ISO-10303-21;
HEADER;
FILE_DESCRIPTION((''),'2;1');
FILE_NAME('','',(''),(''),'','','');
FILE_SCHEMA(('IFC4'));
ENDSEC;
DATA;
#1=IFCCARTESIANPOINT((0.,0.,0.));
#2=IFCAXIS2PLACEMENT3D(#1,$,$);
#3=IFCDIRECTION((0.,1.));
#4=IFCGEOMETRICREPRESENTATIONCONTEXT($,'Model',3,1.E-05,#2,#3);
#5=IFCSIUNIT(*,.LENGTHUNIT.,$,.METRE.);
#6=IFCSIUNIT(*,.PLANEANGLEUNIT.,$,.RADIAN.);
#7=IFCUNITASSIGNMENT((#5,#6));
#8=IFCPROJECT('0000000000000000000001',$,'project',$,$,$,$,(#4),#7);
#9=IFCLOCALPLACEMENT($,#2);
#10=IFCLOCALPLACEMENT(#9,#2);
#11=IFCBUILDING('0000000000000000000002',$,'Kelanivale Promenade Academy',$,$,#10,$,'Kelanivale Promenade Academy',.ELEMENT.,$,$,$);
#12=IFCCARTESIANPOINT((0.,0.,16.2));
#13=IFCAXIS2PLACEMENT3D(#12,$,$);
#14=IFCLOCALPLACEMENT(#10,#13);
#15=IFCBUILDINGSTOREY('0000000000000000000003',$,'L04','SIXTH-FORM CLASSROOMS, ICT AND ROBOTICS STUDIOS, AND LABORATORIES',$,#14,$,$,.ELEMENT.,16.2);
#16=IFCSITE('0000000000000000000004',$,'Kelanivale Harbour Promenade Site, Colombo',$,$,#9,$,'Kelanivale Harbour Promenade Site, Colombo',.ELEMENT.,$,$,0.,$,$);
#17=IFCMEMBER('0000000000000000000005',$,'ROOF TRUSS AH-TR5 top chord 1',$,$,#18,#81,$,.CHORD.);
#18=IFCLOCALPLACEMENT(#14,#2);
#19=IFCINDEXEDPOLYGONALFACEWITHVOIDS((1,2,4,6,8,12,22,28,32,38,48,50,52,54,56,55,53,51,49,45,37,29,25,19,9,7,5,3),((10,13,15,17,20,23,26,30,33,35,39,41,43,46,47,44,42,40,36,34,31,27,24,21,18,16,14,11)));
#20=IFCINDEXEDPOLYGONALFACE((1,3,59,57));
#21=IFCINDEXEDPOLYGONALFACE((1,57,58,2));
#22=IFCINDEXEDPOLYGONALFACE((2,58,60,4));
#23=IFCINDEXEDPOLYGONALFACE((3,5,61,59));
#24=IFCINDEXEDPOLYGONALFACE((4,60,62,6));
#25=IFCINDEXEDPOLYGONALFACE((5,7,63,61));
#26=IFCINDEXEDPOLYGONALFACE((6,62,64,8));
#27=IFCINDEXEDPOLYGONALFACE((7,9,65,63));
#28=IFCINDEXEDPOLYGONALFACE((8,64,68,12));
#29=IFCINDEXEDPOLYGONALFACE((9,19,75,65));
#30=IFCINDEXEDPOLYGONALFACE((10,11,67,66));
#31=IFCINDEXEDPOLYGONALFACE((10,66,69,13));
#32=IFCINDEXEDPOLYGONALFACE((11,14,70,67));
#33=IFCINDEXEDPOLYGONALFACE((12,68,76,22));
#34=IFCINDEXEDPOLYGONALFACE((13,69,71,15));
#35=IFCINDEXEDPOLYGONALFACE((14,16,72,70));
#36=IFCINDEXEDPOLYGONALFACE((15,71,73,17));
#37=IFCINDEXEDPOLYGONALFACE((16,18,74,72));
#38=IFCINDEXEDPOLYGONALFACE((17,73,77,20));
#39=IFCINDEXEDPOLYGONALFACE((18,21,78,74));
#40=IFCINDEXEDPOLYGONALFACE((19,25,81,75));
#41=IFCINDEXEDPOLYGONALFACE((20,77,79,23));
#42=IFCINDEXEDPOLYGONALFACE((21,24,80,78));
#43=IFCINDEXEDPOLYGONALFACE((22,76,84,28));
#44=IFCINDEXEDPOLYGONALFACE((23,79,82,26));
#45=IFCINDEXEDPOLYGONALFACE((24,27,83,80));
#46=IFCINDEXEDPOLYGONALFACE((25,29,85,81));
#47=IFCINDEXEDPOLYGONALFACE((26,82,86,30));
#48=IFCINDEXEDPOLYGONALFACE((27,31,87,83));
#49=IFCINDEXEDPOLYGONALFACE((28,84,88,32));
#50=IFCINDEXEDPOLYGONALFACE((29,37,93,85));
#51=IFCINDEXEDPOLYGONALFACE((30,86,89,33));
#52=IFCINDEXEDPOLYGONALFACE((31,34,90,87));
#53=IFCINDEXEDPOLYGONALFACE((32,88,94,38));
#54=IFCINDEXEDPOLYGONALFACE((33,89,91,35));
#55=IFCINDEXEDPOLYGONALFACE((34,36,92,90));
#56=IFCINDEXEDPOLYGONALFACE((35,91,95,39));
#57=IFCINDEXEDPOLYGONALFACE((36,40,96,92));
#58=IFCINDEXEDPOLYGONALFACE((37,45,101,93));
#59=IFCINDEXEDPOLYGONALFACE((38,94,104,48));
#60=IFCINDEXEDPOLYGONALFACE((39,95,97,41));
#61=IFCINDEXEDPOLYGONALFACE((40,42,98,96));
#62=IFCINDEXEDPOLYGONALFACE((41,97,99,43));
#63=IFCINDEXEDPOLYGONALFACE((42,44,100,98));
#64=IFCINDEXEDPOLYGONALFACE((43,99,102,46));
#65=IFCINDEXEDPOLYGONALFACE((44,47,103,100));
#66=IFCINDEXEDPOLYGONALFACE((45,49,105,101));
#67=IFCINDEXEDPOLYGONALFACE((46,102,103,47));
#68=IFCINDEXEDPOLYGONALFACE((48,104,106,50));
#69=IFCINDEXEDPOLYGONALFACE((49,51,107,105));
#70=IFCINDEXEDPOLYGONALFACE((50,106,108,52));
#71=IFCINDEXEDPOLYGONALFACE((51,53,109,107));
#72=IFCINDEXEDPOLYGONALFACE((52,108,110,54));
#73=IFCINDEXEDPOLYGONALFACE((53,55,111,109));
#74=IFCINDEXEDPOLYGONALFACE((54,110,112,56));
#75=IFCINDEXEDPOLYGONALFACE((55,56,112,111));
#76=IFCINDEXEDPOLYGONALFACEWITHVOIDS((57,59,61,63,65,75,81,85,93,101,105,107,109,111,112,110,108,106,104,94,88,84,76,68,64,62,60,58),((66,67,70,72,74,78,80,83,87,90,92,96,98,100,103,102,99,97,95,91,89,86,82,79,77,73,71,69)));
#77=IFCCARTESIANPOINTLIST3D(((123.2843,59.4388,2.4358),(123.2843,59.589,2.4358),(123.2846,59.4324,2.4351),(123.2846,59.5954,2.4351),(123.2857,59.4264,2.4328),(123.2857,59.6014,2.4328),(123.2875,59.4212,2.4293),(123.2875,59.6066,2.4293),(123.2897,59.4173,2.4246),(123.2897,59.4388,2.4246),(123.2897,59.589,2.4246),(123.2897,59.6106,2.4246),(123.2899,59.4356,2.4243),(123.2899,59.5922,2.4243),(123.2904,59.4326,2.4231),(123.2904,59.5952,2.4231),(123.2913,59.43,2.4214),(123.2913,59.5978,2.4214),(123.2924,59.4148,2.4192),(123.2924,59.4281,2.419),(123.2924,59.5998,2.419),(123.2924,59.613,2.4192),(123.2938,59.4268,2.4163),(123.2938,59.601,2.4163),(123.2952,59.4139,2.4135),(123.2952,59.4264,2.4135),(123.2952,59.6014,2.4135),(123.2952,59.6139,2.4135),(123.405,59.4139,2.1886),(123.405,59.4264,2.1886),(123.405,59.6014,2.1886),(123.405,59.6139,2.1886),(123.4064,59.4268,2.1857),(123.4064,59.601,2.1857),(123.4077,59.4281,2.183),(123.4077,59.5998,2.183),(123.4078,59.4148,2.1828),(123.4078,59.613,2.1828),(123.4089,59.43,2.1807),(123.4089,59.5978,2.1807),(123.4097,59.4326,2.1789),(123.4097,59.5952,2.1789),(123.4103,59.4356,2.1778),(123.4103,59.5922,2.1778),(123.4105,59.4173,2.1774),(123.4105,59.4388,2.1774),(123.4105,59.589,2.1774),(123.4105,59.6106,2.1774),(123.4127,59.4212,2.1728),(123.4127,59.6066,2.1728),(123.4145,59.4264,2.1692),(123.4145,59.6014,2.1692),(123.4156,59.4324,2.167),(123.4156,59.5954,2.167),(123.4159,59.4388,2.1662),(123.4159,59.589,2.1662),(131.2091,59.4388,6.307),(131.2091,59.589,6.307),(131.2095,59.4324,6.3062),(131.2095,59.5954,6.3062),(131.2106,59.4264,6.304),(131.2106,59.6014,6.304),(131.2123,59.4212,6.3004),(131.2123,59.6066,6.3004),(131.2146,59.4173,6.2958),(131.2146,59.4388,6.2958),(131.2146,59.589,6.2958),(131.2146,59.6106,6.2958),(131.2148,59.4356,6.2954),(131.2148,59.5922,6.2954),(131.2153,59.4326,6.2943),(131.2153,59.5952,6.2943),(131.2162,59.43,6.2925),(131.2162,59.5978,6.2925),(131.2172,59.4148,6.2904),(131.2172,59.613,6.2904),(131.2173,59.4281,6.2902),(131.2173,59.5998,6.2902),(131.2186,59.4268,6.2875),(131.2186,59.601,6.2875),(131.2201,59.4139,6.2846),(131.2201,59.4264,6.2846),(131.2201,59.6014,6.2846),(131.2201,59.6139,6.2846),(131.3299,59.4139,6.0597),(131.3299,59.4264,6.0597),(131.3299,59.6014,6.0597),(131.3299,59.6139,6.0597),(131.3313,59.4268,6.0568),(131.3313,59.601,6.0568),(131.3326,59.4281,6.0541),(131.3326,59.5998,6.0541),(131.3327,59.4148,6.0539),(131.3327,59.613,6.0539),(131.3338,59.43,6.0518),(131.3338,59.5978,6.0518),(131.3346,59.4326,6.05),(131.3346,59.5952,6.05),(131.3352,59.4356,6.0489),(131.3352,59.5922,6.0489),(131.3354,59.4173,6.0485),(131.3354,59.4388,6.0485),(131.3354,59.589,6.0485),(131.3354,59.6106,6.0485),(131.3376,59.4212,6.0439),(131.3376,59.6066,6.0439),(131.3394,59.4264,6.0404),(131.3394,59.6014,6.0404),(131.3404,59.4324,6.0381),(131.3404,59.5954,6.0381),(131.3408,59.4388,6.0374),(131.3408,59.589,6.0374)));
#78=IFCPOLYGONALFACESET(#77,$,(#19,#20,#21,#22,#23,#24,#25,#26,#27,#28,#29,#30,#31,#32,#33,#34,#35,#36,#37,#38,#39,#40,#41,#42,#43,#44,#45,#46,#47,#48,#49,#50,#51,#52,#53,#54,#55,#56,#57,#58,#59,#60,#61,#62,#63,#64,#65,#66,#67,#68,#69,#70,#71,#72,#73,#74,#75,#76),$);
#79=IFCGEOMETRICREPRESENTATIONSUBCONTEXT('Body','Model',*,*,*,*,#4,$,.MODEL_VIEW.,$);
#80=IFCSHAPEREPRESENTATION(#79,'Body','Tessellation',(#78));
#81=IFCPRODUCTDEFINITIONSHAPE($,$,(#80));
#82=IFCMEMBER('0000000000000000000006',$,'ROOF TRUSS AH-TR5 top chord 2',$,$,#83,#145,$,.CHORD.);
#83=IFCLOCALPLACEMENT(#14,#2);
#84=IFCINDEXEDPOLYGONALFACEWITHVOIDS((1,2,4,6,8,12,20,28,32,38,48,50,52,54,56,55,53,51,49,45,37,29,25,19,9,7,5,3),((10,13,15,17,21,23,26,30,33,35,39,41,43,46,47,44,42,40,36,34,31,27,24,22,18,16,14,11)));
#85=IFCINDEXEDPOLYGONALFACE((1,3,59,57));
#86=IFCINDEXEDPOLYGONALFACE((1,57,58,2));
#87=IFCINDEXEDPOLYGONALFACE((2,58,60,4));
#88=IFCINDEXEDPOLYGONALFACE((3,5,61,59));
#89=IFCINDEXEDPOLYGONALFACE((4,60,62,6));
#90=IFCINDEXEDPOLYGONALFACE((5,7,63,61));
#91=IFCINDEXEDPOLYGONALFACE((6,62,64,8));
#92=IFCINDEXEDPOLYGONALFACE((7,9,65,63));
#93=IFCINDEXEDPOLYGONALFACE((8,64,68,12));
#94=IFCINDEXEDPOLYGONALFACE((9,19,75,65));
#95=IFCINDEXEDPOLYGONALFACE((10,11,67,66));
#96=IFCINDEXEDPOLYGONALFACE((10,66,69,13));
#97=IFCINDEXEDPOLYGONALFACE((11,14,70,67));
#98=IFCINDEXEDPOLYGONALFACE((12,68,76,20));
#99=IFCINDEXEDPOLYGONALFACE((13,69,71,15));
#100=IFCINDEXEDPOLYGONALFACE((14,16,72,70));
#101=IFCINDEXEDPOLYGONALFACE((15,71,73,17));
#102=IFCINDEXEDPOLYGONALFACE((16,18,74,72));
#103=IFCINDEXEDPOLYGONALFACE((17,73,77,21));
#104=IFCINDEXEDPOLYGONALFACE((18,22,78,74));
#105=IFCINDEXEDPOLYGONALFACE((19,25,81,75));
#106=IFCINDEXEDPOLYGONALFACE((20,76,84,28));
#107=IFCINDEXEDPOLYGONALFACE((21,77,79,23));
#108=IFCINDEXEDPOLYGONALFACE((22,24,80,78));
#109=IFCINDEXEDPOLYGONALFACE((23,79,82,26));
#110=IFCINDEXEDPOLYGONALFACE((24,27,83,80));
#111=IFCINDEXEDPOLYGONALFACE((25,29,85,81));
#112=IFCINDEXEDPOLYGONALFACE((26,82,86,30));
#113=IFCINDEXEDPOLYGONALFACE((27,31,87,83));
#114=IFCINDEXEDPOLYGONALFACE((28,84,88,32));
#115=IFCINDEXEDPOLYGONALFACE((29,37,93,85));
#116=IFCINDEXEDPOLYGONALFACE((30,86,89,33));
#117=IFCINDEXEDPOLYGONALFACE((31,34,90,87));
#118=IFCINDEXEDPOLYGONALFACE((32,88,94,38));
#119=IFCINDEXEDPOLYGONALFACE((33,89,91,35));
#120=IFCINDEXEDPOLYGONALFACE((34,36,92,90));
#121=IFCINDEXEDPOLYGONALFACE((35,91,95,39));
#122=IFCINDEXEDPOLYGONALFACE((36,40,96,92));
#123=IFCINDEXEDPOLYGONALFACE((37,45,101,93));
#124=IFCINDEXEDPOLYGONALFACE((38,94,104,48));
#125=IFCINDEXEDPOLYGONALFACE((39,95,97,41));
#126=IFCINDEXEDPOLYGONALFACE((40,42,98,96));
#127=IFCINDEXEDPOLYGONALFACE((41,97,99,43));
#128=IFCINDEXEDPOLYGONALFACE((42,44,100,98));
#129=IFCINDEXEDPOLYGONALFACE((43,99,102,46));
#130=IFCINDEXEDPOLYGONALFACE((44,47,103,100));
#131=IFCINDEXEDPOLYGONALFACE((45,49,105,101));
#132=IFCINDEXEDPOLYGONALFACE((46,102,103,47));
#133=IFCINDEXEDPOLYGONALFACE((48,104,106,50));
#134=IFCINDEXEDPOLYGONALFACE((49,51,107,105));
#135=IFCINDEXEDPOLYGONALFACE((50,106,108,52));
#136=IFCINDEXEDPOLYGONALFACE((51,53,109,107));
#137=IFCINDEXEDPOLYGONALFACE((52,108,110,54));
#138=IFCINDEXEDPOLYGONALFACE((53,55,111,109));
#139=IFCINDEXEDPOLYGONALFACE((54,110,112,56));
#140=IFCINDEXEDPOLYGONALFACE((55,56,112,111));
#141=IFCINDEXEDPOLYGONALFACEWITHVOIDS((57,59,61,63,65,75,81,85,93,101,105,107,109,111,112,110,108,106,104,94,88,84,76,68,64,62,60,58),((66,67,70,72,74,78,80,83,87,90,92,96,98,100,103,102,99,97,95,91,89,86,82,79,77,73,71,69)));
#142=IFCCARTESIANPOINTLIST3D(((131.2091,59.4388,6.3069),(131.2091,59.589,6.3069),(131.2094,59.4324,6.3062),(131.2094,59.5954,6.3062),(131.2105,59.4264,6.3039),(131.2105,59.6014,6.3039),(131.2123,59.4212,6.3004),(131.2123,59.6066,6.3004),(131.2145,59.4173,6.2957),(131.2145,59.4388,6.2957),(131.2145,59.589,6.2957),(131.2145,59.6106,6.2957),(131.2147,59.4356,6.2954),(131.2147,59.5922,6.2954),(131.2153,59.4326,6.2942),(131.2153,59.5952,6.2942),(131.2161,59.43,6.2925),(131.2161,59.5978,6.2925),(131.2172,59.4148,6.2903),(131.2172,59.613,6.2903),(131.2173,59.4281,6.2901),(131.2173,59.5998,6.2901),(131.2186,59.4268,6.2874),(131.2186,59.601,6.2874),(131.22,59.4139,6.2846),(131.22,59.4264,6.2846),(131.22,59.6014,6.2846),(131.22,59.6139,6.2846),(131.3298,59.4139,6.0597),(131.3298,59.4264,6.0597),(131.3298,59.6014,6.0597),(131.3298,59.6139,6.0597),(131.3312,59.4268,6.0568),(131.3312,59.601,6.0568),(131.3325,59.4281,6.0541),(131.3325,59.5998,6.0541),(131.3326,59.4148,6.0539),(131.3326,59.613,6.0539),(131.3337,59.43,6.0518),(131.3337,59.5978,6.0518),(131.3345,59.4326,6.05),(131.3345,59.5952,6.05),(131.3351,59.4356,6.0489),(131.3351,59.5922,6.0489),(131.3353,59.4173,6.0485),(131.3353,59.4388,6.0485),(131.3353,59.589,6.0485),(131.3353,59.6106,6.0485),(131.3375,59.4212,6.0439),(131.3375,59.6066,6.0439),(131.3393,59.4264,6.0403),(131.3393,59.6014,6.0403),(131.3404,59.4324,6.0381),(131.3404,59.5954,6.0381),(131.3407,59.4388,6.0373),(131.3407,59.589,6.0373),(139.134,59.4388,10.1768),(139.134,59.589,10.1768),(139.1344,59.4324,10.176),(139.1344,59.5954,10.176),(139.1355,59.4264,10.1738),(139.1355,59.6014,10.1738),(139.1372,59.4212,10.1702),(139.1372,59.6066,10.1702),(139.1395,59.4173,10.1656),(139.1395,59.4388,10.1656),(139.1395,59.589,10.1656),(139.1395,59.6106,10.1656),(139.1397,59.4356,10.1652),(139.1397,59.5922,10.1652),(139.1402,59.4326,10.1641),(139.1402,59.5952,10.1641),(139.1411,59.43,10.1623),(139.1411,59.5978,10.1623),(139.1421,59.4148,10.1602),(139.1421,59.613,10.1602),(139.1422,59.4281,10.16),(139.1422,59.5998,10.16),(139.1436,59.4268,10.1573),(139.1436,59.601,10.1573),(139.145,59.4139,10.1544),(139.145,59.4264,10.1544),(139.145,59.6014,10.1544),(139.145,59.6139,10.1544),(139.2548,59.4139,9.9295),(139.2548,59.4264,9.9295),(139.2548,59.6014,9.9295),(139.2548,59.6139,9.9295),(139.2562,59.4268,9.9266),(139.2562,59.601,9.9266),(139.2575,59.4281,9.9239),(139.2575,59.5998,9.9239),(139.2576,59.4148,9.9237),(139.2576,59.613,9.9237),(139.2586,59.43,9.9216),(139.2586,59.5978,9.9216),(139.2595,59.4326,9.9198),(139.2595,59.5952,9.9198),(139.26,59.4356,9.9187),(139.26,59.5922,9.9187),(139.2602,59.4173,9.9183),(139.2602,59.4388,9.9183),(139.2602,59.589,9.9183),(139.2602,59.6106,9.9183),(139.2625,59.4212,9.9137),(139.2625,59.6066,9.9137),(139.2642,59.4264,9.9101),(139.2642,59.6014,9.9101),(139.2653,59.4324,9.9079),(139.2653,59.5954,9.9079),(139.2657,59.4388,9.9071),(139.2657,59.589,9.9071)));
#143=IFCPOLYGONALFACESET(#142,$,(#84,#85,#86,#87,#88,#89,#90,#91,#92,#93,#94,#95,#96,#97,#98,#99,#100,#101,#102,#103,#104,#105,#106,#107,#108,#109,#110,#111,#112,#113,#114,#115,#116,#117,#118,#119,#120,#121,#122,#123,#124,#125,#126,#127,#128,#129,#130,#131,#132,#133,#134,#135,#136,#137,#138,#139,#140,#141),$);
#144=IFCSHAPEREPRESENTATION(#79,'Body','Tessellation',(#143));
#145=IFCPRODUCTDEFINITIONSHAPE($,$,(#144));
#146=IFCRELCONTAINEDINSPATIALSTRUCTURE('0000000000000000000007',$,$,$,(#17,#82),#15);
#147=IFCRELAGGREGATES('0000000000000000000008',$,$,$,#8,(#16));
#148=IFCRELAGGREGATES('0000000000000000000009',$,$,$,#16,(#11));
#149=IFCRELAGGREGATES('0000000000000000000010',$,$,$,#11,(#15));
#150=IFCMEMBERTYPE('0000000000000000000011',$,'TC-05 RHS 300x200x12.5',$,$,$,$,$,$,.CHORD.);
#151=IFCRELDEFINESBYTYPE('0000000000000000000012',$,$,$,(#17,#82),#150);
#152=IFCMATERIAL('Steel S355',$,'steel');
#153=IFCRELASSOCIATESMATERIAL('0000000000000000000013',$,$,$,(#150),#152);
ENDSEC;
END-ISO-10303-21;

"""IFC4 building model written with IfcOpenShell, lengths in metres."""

from ifc_helpers import new_model, si_unit, direction, frame, origin, origin_2d, place, context, subcontext, project, spatial, hollow_rectangle, extrude, material, material_profile, profile_set, type_object, element, save


model = new_model("IFC4")

# Units and contexts
model_context = context("Model", 3, precision=1e-05, world=origin(), true_north=direction((0.0, 1.0)))
body_context = subcontext(model_context, "Body", "Model", "MODEL_VIEW")
ifc_project = project(units=[si_unit("LENGTHUNIT", "METRE"), si_unit("PLANEANGLEUNIT", "RADIAN")], contexts=[model_context])

# Site, building, storey
site_placement = place(None, origin())
site = spatial("IfcSite", under=ifc_project, at=site_placement, Name="Kelanivale Harbour Promenade Site, Colombo", LongName="Kelanivale Harbour Promenade Site, Colombo", CompositionType="ELEMENT", RefElevation=0.0)
building_placement = place(site_placement, origin())
building = spatial("IfcBuilding", under=site, at=building_placement, Name="Kelanivale Promenade Academy", LongName="Kelanivale Promenade Academy", CompositionType="ELEMENT")
storey_placement = place(building_placement, frame((0.0, 0.0, 16.2)))
storey = spatial("IfcBuildingStorey", under=building, at=storey_placement, Name="L04", Description="SIXTH-FORM CLASSROOMS, ICT AND ROBOTICS STUDIOS, AND LABORATORIES", CompositionType="ELEMENT", Elevation=16.2)

# Shared definitions
ifc_material_1 = material(Name="Steel S355", Category="steel")

# Members
ifc_material_profile_1 = material_profile(ifc_material_1, hollow_rectangle(XDim=0.2, YDim=0.3, WallThickness=0.0125, InnerFilletRadius=0.0125, OuterFilletRadius=0.0249, at=origin_2d()), Name="RHS 300x200x12.5")
ifc_profile_set_1 = profile_set([ifc_material_profile_1], Name="Steel S355")
member_type_1 = type_object("IfcMemberType", Name="TC-05 RHS 300x200x12.5", PredefinedType="CHORD", material=ifc_profile_set_1)
member_1_placement = place(storey_placement, frame((123.3501, 59.5139, 2.301), z_axis=(0.89853, 0.0, 0.438912), x_axis=(0.0, 1.0, 0.0)))
element("IfcMember", 1, at=member_1_placement, inside=storey, type_object=member_type_1, Name="ROOF TRUSS AH-TR5 top chord 1", PredefinedType="CHORD", context=body_context, shape_type="SweptSolid", body=[
    extrude(hollow_rectangle(XDim=0.2, YDim=0.3, WallThickness=0.0125, InnerFilletRadius=0.0125, OuterFilletRadius=0.0249, at=origin_2d()), origin(), (0.0, 0.0, 1.0), 8.8198),
])
member_2_placement = place(storey_placement, frame((131.2749, 59.5139, 6.1721), z_axis=(0.89859, 0.0, 0.43879), x_axis=(0.0, 1.0, 0.0)))
element("IfcMember", 2, at=member_2_placement, inside=storey, type_object=member_type_1, Name="ROOF TRUSS AH-TR5 top chord 2", PredefinedType="CHORD", context=body_context, shape_type="SweptSolid", body=[
    extrude(hollow_rectangle(XDim=0.2, YDim=0.3, WallThickness=0.0125, InnerFilletRadius=0.0125, OuterFilletRadius=0.0249, at=origin_2d()), origin(), (0.0, 0.0, 1.0), 8.8193),
])

save(model, "model.ifc")
